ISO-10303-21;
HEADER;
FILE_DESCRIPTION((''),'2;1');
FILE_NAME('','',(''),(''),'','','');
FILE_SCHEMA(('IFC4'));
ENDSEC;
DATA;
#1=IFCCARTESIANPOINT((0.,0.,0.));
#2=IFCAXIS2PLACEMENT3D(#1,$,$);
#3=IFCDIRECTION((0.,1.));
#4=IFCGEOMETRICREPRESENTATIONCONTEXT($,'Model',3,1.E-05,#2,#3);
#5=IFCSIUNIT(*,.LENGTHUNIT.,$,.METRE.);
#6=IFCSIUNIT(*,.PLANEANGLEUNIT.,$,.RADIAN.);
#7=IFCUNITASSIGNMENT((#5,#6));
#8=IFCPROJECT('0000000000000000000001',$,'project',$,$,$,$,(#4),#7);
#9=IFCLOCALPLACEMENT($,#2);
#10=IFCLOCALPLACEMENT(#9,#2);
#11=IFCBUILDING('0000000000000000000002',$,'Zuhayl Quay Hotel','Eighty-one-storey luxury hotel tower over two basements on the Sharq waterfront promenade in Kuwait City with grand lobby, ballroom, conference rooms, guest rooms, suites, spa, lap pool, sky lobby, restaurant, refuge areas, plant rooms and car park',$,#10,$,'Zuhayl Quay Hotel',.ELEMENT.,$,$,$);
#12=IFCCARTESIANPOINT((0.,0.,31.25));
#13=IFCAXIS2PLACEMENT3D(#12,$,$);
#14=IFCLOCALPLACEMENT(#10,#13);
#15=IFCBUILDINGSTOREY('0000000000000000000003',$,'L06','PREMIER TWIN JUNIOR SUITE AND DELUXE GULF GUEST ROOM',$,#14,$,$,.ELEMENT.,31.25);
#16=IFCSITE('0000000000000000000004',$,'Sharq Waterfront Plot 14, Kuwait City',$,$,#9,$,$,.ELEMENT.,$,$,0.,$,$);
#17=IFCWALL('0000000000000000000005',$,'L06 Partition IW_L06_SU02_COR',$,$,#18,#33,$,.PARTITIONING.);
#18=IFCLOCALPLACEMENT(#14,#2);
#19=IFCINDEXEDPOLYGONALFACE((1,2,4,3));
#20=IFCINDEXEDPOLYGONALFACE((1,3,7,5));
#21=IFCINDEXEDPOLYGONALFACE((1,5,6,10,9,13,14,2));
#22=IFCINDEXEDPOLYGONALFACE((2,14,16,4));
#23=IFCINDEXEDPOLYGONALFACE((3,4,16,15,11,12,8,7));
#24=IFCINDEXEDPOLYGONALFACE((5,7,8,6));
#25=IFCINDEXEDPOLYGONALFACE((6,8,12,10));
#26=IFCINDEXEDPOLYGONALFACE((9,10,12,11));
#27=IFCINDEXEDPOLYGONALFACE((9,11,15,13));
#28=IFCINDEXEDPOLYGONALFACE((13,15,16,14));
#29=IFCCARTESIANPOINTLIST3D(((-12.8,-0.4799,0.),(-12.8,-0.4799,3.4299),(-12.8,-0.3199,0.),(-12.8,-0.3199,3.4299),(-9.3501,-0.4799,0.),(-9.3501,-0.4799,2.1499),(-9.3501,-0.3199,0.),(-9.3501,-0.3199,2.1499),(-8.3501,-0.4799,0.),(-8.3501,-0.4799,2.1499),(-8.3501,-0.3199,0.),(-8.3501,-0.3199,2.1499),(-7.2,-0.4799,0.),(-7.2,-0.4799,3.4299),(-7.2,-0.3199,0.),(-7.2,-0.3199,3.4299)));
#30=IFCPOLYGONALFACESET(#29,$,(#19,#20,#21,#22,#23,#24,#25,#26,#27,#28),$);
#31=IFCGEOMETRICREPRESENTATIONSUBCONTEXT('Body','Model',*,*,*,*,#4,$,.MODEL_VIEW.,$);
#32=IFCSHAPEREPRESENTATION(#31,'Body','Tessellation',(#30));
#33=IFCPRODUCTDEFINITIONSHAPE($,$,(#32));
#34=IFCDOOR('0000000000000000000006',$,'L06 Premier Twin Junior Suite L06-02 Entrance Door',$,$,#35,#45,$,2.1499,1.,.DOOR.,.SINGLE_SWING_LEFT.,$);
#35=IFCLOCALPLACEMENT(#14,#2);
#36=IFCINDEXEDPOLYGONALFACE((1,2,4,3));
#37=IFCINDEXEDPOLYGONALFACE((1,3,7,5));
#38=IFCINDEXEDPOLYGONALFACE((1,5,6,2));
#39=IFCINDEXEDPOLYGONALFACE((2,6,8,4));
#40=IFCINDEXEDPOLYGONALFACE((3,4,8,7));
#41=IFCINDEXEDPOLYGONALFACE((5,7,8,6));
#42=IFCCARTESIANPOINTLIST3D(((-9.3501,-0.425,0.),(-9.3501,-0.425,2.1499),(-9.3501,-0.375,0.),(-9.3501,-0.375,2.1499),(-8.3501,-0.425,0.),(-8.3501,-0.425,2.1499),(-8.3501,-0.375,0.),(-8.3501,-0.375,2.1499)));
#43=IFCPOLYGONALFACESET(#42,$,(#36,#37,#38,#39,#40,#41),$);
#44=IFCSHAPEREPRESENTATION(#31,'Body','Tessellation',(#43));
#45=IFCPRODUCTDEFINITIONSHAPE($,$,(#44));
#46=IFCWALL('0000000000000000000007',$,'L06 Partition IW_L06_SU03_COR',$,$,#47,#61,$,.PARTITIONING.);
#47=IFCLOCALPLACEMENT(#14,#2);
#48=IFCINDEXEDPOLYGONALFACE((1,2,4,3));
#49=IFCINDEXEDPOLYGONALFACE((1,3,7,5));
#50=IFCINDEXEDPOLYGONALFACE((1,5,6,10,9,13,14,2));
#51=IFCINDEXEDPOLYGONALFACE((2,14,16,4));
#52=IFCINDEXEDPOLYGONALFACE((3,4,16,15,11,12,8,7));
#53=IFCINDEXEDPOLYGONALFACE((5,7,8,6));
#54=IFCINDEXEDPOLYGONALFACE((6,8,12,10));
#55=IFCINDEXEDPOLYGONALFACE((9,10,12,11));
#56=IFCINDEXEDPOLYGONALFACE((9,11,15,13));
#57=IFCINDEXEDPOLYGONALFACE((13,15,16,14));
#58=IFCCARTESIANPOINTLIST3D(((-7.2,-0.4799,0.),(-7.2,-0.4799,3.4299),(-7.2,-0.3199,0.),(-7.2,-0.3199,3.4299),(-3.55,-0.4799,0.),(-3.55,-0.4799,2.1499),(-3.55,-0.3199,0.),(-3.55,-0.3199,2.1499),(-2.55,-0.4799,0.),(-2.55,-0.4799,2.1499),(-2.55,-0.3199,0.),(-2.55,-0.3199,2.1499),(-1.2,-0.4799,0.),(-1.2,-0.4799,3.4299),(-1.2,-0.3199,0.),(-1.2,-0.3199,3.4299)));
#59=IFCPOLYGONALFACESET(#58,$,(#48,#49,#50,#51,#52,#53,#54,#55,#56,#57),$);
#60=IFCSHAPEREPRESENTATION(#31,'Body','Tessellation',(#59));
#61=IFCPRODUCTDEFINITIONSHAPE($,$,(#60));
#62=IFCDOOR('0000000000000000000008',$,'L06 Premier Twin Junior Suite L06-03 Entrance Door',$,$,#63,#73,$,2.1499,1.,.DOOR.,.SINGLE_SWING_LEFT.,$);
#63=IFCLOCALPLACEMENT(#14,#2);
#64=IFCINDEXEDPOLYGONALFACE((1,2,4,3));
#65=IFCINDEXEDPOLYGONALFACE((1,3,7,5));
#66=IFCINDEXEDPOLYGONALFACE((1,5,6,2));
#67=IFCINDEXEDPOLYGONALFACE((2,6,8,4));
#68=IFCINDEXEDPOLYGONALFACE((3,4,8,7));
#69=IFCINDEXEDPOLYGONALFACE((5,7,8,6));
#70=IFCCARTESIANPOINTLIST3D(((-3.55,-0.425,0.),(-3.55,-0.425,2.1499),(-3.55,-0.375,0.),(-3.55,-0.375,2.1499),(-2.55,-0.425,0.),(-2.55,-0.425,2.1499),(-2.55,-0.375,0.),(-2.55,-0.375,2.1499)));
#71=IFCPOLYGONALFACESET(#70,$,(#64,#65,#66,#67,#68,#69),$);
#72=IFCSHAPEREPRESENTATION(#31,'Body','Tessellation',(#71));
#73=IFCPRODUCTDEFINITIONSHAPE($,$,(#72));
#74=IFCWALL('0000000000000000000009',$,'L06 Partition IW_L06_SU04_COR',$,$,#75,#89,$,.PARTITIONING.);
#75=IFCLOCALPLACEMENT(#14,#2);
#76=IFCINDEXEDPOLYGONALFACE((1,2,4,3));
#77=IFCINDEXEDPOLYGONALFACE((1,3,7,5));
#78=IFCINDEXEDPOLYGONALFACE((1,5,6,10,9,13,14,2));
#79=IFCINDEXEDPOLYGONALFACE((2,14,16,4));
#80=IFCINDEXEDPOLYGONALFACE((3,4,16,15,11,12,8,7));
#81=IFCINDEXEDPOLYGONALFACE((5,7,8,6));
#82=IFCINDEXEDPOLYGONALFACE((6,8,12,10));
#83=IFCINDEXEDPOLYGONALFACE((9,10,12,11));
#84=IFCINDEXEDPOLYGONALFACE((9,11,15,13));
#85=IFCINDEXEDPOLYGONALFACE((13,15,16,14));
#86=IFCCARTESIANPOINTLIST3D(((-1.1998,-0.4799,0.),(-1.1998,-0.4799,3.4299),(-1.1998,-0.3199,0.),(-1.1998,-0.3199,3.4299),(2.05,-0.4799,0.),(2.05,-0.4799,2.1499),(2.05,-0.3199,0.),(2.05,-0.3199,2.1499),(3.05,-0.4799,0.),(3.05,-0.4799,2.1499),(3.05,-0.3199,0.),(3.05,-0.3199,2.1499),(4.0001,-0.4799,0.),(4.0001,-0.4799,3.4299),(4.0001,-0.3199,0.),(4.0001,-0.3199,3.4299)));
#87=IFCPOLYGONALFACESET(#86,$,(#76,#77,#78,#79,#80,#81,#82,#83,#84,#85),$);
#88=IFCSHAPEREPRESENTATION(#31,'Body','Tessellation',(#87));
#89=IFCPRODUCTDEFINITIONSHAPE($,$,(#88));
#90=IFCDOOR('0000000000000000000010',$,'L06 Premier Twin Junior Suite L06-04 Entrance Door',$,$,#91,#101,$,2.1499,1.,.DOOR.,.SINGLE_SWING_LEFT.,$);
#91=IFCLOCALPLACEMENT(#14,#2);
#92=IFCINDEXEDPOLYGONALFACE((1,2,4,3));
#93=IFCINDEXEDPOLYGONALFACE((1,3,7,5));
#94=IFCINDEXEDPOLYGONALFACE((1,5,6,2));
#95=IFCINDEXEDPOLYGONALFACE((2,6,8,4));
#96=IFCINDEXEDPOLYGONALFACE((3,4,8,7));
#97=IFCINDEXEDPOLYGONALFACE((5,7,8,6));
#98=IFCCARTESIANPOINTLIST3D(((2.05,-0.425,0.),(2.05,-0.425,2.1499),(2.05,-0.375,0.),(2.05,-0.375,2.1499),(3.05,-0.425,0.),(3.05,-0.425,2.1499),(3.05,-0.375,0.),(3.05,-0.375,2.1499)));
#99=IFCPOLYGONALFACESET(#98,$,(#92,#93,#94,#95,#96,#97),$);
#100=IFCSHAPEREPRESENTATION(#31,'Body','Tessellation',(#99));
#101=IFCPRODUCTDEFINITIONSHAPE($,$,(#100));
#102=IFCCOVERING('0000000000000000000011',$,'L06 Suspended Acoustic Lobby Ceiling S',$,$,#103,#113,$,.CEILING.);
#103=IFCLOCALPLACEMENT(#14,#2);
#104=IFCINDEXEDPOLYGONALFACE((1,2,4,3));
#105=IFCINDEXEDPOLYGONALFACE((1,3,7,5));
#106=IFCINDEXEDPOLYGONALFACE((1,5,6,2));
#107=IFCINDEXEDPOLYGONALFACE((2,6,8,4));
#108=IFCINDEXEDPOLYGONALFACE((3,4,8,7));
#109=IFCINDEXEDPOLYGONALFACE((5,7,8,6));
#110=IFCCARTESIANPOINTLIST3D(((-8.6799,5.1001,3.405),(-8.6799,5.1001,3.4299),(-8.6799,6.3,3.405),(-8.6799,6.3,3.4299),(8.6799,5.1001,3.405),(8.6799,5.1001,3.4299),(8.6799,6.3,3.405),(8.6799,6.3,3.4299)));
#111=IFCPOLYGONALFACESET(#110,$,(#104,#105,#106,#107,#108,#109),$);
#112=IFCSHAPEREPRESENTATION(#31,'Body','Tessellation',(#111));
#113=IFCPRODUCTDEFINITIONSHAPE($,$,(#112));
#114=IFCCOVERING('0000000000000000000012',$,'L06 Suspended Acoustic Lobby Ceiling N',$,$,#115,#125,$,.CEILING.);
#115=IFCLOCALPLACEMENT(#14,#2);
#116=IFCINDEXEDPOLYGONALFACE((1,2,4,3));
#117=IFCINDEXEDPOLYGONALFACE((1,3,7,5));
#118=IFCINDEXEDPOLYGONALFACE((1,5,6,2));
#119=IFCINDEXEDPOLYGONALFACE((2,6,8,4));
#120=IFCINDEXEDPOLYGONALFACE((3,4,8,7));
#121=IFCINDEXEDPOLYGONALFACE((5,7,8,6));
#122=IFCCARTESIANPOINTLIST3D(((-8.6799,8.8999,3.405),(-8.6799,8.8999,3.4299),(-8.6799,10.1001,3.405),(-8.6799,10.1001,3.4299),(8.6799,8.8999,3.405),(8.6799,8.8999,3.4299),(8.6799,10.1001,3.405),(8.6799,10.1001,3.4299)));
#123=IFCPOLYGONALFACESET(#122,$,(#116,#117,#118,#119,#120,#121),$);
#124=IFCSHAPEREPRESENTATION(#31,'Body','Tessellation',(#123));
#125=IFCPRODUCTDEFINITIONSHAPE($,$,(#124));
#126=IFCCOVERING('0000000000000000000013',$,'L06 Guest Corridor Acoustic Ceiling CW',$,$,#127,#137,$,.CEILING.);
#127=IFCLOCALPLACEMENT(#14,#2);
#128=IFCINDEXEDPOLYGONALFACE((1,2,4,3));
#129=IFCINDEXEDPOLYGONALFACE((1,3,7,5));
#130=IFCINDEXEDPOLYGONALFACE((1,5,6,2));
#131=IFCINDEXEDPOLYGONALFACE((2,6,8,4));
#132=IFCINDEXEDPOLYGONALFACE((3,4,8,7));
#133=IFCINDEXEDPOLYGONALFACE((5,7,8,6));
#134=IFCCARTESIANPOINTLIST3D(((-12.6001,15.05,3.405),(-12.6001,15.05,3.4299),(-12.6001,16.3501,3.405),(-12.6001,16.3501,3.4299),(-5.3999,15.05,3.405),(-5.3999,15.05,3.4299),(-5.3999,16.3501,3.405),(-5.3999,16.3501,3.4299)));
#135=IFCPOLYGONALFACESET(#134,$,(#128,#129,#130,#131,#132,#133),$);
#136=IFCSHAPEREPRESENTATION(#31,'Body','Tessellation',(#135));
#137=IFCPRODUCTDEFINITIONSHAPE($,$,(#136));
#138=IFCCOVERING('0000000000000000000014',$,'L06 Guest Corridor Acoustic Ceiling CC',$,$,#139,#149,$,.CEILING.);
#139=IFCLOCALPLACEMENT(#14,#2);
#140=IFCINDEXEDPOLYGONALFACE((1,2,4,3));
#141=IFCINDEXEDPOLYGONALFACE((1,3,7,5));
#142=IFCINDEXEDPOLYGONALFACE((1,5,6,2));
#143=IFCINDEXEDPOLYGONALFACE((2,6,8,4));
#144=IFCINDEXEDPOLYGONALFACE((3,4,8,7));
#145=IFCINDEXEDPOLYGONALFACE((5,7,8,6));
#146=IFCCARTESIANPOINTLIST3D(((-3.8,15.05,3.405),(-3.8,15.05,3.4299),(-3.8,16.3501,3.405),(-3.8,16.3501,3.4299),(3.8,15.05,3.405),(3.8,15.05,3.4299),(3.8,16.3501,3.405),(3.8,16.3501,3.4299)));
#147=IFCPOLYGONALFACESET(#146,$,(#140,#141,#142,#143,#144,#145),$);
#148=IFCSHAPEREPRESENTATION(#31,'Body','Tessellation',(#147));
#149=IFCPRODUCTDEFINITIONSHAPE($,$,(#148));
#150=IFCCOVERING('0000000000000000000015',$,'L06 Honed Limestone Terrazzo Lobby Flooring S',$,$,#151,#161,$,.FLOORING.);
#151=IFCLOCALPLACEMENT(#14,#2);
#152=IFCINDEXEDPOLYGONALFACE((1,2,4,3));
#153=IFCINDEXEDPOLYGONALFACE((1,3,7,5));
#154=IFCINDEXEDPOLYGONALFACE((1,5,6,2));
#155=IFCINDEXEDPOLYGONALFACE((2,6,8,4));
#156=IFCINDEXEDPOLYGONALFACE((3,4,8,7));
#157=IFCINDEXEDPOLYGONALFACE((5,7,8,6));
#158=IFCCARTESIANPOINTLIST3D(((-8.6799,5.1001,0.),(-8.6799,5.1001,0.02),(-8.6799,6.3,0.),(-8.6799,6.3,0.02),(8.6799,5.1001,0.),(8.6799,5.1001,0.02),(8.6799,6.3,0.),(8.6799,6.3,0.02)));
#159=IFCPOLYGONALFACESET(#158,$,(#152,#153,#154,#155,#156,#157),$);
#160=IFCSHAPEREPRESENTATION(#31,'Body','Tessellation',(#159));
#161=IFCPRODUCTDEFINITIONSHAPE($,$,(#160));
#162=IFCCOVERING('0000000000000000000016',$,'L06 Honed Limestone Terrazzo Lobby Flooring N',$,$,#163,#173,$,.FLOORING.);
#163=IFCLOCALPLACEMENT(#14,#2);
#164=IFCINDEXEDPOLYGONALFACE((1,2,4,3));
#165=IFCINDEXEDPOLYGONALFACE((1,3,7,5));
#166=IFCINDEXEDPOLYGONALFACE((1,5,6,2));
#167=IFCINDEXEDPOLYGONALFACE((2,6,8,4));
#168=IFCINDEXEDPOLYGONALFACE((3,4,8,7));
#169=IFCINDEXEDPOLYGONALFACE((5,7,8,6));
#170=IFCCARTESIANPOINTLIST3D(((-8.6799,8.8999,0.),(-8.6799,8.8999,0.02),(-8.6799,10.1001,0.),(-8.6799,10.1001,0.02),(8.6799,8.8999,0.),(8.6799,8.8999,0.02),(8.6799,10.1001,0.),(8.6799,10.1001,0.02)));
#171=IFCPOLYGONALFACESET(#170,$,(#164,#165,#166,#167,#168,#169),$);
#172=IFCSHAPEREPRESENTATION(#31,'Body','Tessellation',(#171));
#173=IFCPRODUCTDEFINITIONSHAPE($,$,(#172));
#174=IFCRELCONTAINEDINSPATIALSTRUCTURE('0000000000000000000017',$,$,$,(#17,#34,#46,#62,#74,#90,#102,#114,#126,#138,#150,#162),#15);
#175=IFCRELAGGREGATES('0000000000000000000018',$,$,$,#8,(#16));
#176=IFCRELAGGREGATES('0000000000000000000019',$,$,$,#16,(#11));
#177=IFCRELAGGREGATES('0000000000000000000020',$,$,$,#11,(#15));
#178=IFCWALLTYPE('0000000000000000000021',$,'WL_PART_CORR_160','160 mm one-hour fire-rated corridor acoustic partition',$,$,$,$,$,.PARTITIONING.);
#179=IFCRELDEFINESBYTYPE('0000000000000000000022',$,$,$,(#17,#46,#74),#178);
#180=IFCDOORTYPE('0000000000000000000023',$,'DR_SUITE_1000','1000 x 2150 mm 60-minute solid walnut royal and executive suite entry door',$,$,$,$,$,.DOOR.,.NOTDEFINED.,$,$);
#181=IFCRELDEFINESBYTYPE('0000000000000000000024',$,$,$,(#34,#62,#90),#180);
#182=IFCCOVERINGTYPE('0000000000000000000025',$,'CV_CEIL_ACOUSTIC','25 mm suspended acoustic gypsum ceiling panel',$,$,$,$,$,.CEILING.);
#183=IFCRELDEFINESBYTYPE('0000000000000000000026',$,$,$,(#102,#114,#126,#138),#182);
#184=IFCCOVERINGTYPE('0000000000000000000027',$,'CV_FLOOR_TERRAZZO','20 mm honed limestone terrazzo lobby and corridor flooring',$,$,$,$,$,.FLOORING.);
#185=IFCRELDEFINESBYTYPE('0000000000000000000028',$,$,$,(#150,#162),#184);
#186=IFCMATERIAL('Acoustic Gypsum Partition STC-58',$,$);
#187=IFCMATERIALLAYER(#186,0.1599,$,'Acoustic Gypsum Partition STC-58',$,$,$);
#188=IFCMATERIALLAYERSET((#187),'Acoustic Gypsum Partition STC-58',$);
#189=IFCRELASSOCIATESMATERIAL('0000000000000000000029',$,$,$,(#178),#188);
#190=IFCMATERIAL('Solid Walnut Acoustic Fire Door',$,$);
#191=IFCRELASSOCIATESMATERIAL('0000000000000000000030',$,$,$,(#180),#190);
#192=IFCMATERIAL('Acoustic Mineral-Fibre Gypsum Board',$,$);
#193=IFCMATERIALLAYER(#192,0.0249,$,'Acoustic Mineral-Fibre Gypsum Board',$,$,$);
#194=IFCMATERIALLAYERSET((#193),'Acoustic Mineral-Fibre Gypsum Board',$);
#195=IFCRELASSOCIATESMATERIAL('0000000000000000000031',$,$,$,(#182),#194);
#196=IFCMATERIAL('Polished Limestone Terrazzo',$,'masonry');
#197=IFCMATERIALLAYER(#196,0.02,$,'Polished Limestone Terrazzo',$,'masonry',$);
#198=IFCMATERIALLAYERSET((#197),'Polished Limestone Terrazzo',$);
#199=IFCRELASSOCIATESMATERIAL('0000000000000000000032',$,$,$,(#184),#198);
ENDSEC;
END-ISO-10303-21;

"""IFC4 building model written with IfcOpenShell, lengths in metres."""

from ifc_helpers import new_model, si_unit, direction, frame, frame_2d, origin, place, context, subcontext, project, spatial, polyline, rectangle, outline, extrude, material, layer, layer_set, type_object, element, fill, save


model = new_model("IFC4")

# Units and contexts
model_context = context("Model", 3, precision=1e-05, world=origin(), true_north=direction((0.0, 1.0)))
body_context = subcontext(model_context, "Body", "Model", "MODEL_VIEW")
ifc_project = project(units=[si_unit("LENGTHUNIT", "METRE"), si_unit("PLANEANGLEUNIT", "RADIAN")], contexts=[model_context])

# Site, building, storey
site_placement = place(None, origin())
site = spatial("IfcSite", under=ifc_project, at=site_placement, Name="Sharq Waterfront Plot 14, Kuwait City", CompositionType="ELEMENT", RefElevation=0.0)
building_placement = place(site_placement, origin())
building = spatial("IfcBuilding", under=site, at=building_placement, Name="Zuhayl Quay Hotel", Description="Eighty-one-storey luxury hotel tower over two basements on the Sharq waterfront promenade in Kuwait City with grand lobby, ballroom, conference rooms, guest rooms, suites, spa, lap pool, sky lobby, restaurant, refuge areas, plant rooms and car park", LongName="Zuhayl Quay Hotel", CompositionType="ELEMENT")
storey_placement = place(building_placement, frame((0.0, 0.0, 31.25)))
storey = spatial("IfcBuildingStorey", under=building, at=storey_placement, Name="L06", Description="PREMIER TWIN JUNIOR SUITE AND DELUXE GULF GUEST ROOM", CompositionType="ELEMENT", Elevation=31.25)

# Walls, openings, doors
ifc_material_1 = material(Name="Acoustic Gypsum Partition STC-58")
ifc_layer_1 = layer(ifc_material_1, 0.1599, Name="Acoustic Gypsum Partition STC-58")
ifc_layer_set_1 = layer_set([ifc_layer_1], Name="Acoustic Gypsum Partition STC-58")
wall_type = type_object("IfcWallType", Name="WL_PART_CORR_160", Description="160 mm one-hour fire-rated corridor acoustic partition", PredefinedType="PARTITIONING", material=ifc_layer_set_1)
wall_1_placement = place(storey_placement, frame((-12.8, -0.3999, 0.0), z_axis=(0.0, 0.0, 1.0), x_axis=(1.0, 0.0, 0.0)))
wall_1 = element("IfcWall", 1, at=wall_1_placement, inside=storey, type_object=wall_type, Name="L06 Partition IW_L06_SU02_COR", PredefinedType="PARTITIONING", context=body_context, shape_type="SweptSolid", body=[
    extrude(rectangle(XDim=5.6001, YDim=0.1599, at=frame_2d((2.8, 0.0))), origin(), (0.0, 0.0, 1.0), 3.4299),
])
opening_1_placement = place(wall_1_placement, frame((3.45, 0.0, 0.0)))
opening_1 = element("IfcOpeningElement", 2, at=opening_1_placement, cuts=wall_1, PredefinedType="OPENING", context=body_context, shape_type="SweptSolid", body=[
    extrude(rectangle(XDim=1.0, YDim=2.1499, at=frame_2d((0.5, 1.075))), frame((0.0, 0.0898, 0.0), z_axis=(0.0, -1.0, 0.0), x_axis=(1.0, 0.0, 0.0)), (0.0, 0.0, 1.0), 0.1799),
])
ifc_material_2 = material(Name="Solid Walnut Acoustic Fire Door")
door_type = type_object("IfcDoorType", Name="DR_SUITE_1000", Description="1000 x 2150 mm 60-minute solid walnut royal and executive suite entry door", OperationType="NOTDEFINED", PredefinedType="DOOR", material=ifc_material_2)
door_1_placement = place(opening_1_placement, origin())
door_1 = element("IfcDoor", 3, at=door_1_placement, inside=storey, type_object=door_type, Name="L06 Premier Twin Junior Suite L06-02 Entrance Door", OperationType="SINGLE_SWING_LEFT", OverallHeight=2.1499, OverallWidth=1.0, PredefinedType="DOOR", context=body_context, shape_type="SweptSolid", body=[
    extrude(rectangle(XDim=1.0, YDim=2.1499, at=frame_2d((0.5, 1.075))), frame((0.0, 0.0249, 0.0), z_axis=(0.0, -1.0, 0.0), x_axis=(1.0, 0.0, 0.0)), (0.0, 0.0, 1.0), 0.05),
])
fill(opening_1, door_1)
wall_2_placement = place(storey_placement, frame((-7.2, -0.3999, 0.0), z_axis=(0.0, 0.0, 1.0), x_axis=(1.0, 0.0, 0.0)))
wall_2 = element("IfcWall", 4, at=wall_2_placement, inside=storey, type_object=wall_type, Name="L06 Partition IW_L06_SU03_COR", PredefinedType="PARTITIONING", context=body_context, shape_type="SweptSolid", body=[
    extrude(rectangle(XDim=6.0, YDim=0.1599, at=frame_2d((3.0, 0.0))), origin(), (0.0, 0.0, 1.0), 3.4299),
])
opening_2_placement = place(wall_2_placement, frame((3.6499, 0.0, 0.0)))
opening_2 = element("IfcOpeningElement", 5, at=opening_2_placement, cuts=wall_2, PredefinedType="OPENING", context=body_context, shape_type="SweptSolid", body=[
    extrude(rectangle(XDim=1.0, YDim=2.1499, at=frame_2d((0.5, 1.075))), frame((0.0, 0.0898, 0.0), z_axis=(0.0, -1.0, 0.0), x_axis=(1.0, 0.0, 0.0)), (0.0, 0.0, 1.0), 0.1799),
])
door_2_placement = place(opening_2_placement, origin())
door_2 = element("IfcDoor", 6, at=door_2_placement, inside=storey, type_object=door_type, Name="L06 Premier Twin Junior Suite L06-03 Entrance Door", OperationType="SINGLE_SWING_LEFT", OverallHeight=2.1499, OverallWidth=1.0, PredefinedType="DOOR", context=body_context, shape_type="SweptSolid", body=[
    extrude(rectangle(XDim=1.0, YDim=2.1499, at=frame_2d((0.5, 1.075))), frame((0.0, 0.0249, 0.0), z_axis=(0.0, -1.0, 0.0), x_axis=(1.0, 0.0, 0.0)), (0.0, 0.0, 1.0), 0.05),
])
fill(opening_2, door_2)
wall_3_placement = place(storey_placement, frame((-1.2, -0.3999, 0.0), z_axis=(0.0, 0.0, 1.0), x_axis=(1.0, 0.0, 0.0)))
wall_3 = element("IfcWall", 7, at=wall_3_placement, inside=storey, type_object=wall_type, Name="L06 Partition IW_L06_SU04_COR", PredefinedType="PARTITIONING", context=body_context, shape_type="SweptSolid", body=[
    extrude(rectangle(XDim=5.2, YDim=0.1599, at=frame_2d((2.6001, 0.0))), origin(), (0.0, 0.0, 1.0), 3.4299),
])
opening_3_placement = place(wall_3_placement, frame((3.25, 0.0, 0.0)))
opening_3 = element("IfcOpeningElement", 8, at=opening_3_placement, cuts=wall_3, PredefinedType="OPENING", context=body_context, shape_type="SweptSolid", body=[
    extrude(rectangle(XDim=1.0, YDim=2.1499, at=frame_2d((0.5, 1.075))), frame((0.0, 0.0898, 0.0), z_axis=(0.0, -1.0, 0.0), x_axis=(1.0, 0.0, 0.0)), (0.0, 0.0, 1.0), 0.1799),
])
door_3_placement = place(opening_3_placement, origin())
door_3 = element("IfcDoor", 9, at=door_3_placement, inside=storey, type_object=door_type, Name="L06 Premier Twin Junior Suite L06-04 Entrance Door", OperationType="SINGLE_SWING_LEFT", OverallHeight=2.1499, OverallWidth=1.0, PredefinedType="DOOR", context=body_context, shape_type="SweptSolid", body=[
    extrude(rectangle(XDim=1.0, YDim=2.1499, at=frame_2d((0.5, 1.075))), frame((0.0, 0.0249, 0.0), z_axis=(0.0, -1.0, 0.0), x_axis=(1.0, 0.0, 0.0)), (0.0, 0.0, 1.0), 0.05),
])
fill(opening_3, door_3)

# Coverings
ifc_material_3 = material(Name="Acoustic Mineral-Fibre Gypsum Board")
ifc_layer_2 = layer(ifc_material_3, 0.0249, Name="Acoustic Mineral-Fibre Gypsum Board")
ifc_layer_set_2 = layer_set([ifc_layer_2], Name="Acoustic Mineral-Fibre Gypsum Board")
covering_type_1 = type_object("IfcCoveringType", Name="CV_CEIL_ACOUSTIC", Description="25 mm suspended acoustic gypsum ceiling panel", PredefinedType="CEILING", material=ifc_layer_set_2)
covering_1_placement = place(storey_placement, frame((0.0, 0.0, 3.405)))
element("IfcCovering", 10, at=covering_1_placement, inside=storey, type_object=covering_type_1, Name="L06 Suspended Acoustic Lobby Ceiling S", PredefinedType="CEILING", context=body_context, shape_type="SweptSolid", body=[
    extrude(outline(polyline([(-8.6799, 5.1001), (8.6799, 5.1001), (8.6799, 6.3), (-8.6799, 6.3), (-8.6799, 5.1001)])), origin(), (0.0, 0.0, 1.0), 0.0249),
])
covering_2_placement = place(storey_placement, frame((0.0, 0.0, 3.405)))
element("IfcCovering", 11, at=covering_2_placement, inside=storey, type_object=covering_type_1, Name="L06 Suspended Acoustic Lobby Ceiling N", PredefinedType="CEILING", context=body_context, shape_type="SweptSolid", body=[
    extrude(outline(polyline([(-8.6799, 8.8999), (8.6799, 8.8999), (8.6799, 10.1001), (-8.6799, 10.1001), (-8.6799, 8.8999)])), origin(), (0.0, 0.0, 1.0), 0.0249),
])
covering_3_placement = place(storey_placement, frame((0.0, 0.0, 3.405)))
element("IfcCovering", 12, at=covering_3_placement, inside=storey, type_object=covering_type_1, Name="L06 Guest Corridor Acoustic Ceiling CW", PredefinedType="CEILING", context=body_context, shape_type="SweptSolid", body=[
    extrude(outline(polyline([(-12.6001, 15.05), (-5.3999, 15.05), (-5.3999, 16.3501), (-12.6001, 16.3501), (-12.6001, 15.05)])), origin(), (0.0, 0.0, 1.0), 0.0249),
])
covering_4_placement = place(storey_placement, frame((0.0, 0.0, 3.405)))
element("IfcCovering", 13, at=covering_4_placement, inside=storey, type_object=covering_type_1, Name="L06 Guest Corridor Acoustic Ceiling CC", PredefinedType="CEILING", context=body_context, shape_type="SweptSolid", body=[
    extrude(outline(polyline([(-3.8, 15.05), (3.8, 15.05), (3.8, 16.3501), (-3.8, 16.3501), (-3.8, 15.05)])), origin(), (0.0, 0.0, 1.0), 0.0249),
])
ifc_material_4 = material(Name="Polished Limestone Terrazzo", Category="masonry")
ifc_layer_3 = layer(ifc_material_4, 0.02, Name="Polished Limestone Terrazzo", Category="masonry")
ifc_layer_set_3 = layer_set([ifc_layer_3], Name="Polished Limestone Terrazzo")
covering_type_2 = type_object("IfcCoveringType", Name="CV_FLOOR_TERRAZZO", Description="20 mm honed limestone terrazzo lobby and corridor flooring", PredefinedType="FLOORING", material=ifc_layer_set_3)
covering_5_placement = place(storey_placement, origin())
element("IfcCovering", 14, at=covering_5_placement, inside=storey, type_object=covering_type_2, Name="L06 Honed Limestone Terrazzo Lobby Flooring S", PredefinedType="FLOORING", context=body_context, shape_type="SweptSolid", body=[
    extrude(outline(polyline([(-8.6799, 5.1001), (8.6799, 5.1001), (8.6799, 6.3), (-8.6799, 6.3), (-8.6799, 5.1001)])), origin(), (0.0, 0.0, 1.0), 0.02),
])
covering_6_placement = place(storey_placement, origin())
element("IfcCovering", 15, at=covering_6_placement, inside=storey, type_object=covering_type_2, Name="L06 Honed Limestone Terrazzo Lobby Flooring N", PredefinedType="FLOORING", context=body_context, shape_type="SweptSolid", body=[
    extrude(outline(polyline([(-8.6799, 8.8999), (8.6799, 8.8999), (8.6799, 10.1001), (-8.6799, 10.1001), (-8.6799, 8.8999)])), origin(), (0.0, 0.0, 1.0), 0.02),
])

save(model, "model.ifc")
